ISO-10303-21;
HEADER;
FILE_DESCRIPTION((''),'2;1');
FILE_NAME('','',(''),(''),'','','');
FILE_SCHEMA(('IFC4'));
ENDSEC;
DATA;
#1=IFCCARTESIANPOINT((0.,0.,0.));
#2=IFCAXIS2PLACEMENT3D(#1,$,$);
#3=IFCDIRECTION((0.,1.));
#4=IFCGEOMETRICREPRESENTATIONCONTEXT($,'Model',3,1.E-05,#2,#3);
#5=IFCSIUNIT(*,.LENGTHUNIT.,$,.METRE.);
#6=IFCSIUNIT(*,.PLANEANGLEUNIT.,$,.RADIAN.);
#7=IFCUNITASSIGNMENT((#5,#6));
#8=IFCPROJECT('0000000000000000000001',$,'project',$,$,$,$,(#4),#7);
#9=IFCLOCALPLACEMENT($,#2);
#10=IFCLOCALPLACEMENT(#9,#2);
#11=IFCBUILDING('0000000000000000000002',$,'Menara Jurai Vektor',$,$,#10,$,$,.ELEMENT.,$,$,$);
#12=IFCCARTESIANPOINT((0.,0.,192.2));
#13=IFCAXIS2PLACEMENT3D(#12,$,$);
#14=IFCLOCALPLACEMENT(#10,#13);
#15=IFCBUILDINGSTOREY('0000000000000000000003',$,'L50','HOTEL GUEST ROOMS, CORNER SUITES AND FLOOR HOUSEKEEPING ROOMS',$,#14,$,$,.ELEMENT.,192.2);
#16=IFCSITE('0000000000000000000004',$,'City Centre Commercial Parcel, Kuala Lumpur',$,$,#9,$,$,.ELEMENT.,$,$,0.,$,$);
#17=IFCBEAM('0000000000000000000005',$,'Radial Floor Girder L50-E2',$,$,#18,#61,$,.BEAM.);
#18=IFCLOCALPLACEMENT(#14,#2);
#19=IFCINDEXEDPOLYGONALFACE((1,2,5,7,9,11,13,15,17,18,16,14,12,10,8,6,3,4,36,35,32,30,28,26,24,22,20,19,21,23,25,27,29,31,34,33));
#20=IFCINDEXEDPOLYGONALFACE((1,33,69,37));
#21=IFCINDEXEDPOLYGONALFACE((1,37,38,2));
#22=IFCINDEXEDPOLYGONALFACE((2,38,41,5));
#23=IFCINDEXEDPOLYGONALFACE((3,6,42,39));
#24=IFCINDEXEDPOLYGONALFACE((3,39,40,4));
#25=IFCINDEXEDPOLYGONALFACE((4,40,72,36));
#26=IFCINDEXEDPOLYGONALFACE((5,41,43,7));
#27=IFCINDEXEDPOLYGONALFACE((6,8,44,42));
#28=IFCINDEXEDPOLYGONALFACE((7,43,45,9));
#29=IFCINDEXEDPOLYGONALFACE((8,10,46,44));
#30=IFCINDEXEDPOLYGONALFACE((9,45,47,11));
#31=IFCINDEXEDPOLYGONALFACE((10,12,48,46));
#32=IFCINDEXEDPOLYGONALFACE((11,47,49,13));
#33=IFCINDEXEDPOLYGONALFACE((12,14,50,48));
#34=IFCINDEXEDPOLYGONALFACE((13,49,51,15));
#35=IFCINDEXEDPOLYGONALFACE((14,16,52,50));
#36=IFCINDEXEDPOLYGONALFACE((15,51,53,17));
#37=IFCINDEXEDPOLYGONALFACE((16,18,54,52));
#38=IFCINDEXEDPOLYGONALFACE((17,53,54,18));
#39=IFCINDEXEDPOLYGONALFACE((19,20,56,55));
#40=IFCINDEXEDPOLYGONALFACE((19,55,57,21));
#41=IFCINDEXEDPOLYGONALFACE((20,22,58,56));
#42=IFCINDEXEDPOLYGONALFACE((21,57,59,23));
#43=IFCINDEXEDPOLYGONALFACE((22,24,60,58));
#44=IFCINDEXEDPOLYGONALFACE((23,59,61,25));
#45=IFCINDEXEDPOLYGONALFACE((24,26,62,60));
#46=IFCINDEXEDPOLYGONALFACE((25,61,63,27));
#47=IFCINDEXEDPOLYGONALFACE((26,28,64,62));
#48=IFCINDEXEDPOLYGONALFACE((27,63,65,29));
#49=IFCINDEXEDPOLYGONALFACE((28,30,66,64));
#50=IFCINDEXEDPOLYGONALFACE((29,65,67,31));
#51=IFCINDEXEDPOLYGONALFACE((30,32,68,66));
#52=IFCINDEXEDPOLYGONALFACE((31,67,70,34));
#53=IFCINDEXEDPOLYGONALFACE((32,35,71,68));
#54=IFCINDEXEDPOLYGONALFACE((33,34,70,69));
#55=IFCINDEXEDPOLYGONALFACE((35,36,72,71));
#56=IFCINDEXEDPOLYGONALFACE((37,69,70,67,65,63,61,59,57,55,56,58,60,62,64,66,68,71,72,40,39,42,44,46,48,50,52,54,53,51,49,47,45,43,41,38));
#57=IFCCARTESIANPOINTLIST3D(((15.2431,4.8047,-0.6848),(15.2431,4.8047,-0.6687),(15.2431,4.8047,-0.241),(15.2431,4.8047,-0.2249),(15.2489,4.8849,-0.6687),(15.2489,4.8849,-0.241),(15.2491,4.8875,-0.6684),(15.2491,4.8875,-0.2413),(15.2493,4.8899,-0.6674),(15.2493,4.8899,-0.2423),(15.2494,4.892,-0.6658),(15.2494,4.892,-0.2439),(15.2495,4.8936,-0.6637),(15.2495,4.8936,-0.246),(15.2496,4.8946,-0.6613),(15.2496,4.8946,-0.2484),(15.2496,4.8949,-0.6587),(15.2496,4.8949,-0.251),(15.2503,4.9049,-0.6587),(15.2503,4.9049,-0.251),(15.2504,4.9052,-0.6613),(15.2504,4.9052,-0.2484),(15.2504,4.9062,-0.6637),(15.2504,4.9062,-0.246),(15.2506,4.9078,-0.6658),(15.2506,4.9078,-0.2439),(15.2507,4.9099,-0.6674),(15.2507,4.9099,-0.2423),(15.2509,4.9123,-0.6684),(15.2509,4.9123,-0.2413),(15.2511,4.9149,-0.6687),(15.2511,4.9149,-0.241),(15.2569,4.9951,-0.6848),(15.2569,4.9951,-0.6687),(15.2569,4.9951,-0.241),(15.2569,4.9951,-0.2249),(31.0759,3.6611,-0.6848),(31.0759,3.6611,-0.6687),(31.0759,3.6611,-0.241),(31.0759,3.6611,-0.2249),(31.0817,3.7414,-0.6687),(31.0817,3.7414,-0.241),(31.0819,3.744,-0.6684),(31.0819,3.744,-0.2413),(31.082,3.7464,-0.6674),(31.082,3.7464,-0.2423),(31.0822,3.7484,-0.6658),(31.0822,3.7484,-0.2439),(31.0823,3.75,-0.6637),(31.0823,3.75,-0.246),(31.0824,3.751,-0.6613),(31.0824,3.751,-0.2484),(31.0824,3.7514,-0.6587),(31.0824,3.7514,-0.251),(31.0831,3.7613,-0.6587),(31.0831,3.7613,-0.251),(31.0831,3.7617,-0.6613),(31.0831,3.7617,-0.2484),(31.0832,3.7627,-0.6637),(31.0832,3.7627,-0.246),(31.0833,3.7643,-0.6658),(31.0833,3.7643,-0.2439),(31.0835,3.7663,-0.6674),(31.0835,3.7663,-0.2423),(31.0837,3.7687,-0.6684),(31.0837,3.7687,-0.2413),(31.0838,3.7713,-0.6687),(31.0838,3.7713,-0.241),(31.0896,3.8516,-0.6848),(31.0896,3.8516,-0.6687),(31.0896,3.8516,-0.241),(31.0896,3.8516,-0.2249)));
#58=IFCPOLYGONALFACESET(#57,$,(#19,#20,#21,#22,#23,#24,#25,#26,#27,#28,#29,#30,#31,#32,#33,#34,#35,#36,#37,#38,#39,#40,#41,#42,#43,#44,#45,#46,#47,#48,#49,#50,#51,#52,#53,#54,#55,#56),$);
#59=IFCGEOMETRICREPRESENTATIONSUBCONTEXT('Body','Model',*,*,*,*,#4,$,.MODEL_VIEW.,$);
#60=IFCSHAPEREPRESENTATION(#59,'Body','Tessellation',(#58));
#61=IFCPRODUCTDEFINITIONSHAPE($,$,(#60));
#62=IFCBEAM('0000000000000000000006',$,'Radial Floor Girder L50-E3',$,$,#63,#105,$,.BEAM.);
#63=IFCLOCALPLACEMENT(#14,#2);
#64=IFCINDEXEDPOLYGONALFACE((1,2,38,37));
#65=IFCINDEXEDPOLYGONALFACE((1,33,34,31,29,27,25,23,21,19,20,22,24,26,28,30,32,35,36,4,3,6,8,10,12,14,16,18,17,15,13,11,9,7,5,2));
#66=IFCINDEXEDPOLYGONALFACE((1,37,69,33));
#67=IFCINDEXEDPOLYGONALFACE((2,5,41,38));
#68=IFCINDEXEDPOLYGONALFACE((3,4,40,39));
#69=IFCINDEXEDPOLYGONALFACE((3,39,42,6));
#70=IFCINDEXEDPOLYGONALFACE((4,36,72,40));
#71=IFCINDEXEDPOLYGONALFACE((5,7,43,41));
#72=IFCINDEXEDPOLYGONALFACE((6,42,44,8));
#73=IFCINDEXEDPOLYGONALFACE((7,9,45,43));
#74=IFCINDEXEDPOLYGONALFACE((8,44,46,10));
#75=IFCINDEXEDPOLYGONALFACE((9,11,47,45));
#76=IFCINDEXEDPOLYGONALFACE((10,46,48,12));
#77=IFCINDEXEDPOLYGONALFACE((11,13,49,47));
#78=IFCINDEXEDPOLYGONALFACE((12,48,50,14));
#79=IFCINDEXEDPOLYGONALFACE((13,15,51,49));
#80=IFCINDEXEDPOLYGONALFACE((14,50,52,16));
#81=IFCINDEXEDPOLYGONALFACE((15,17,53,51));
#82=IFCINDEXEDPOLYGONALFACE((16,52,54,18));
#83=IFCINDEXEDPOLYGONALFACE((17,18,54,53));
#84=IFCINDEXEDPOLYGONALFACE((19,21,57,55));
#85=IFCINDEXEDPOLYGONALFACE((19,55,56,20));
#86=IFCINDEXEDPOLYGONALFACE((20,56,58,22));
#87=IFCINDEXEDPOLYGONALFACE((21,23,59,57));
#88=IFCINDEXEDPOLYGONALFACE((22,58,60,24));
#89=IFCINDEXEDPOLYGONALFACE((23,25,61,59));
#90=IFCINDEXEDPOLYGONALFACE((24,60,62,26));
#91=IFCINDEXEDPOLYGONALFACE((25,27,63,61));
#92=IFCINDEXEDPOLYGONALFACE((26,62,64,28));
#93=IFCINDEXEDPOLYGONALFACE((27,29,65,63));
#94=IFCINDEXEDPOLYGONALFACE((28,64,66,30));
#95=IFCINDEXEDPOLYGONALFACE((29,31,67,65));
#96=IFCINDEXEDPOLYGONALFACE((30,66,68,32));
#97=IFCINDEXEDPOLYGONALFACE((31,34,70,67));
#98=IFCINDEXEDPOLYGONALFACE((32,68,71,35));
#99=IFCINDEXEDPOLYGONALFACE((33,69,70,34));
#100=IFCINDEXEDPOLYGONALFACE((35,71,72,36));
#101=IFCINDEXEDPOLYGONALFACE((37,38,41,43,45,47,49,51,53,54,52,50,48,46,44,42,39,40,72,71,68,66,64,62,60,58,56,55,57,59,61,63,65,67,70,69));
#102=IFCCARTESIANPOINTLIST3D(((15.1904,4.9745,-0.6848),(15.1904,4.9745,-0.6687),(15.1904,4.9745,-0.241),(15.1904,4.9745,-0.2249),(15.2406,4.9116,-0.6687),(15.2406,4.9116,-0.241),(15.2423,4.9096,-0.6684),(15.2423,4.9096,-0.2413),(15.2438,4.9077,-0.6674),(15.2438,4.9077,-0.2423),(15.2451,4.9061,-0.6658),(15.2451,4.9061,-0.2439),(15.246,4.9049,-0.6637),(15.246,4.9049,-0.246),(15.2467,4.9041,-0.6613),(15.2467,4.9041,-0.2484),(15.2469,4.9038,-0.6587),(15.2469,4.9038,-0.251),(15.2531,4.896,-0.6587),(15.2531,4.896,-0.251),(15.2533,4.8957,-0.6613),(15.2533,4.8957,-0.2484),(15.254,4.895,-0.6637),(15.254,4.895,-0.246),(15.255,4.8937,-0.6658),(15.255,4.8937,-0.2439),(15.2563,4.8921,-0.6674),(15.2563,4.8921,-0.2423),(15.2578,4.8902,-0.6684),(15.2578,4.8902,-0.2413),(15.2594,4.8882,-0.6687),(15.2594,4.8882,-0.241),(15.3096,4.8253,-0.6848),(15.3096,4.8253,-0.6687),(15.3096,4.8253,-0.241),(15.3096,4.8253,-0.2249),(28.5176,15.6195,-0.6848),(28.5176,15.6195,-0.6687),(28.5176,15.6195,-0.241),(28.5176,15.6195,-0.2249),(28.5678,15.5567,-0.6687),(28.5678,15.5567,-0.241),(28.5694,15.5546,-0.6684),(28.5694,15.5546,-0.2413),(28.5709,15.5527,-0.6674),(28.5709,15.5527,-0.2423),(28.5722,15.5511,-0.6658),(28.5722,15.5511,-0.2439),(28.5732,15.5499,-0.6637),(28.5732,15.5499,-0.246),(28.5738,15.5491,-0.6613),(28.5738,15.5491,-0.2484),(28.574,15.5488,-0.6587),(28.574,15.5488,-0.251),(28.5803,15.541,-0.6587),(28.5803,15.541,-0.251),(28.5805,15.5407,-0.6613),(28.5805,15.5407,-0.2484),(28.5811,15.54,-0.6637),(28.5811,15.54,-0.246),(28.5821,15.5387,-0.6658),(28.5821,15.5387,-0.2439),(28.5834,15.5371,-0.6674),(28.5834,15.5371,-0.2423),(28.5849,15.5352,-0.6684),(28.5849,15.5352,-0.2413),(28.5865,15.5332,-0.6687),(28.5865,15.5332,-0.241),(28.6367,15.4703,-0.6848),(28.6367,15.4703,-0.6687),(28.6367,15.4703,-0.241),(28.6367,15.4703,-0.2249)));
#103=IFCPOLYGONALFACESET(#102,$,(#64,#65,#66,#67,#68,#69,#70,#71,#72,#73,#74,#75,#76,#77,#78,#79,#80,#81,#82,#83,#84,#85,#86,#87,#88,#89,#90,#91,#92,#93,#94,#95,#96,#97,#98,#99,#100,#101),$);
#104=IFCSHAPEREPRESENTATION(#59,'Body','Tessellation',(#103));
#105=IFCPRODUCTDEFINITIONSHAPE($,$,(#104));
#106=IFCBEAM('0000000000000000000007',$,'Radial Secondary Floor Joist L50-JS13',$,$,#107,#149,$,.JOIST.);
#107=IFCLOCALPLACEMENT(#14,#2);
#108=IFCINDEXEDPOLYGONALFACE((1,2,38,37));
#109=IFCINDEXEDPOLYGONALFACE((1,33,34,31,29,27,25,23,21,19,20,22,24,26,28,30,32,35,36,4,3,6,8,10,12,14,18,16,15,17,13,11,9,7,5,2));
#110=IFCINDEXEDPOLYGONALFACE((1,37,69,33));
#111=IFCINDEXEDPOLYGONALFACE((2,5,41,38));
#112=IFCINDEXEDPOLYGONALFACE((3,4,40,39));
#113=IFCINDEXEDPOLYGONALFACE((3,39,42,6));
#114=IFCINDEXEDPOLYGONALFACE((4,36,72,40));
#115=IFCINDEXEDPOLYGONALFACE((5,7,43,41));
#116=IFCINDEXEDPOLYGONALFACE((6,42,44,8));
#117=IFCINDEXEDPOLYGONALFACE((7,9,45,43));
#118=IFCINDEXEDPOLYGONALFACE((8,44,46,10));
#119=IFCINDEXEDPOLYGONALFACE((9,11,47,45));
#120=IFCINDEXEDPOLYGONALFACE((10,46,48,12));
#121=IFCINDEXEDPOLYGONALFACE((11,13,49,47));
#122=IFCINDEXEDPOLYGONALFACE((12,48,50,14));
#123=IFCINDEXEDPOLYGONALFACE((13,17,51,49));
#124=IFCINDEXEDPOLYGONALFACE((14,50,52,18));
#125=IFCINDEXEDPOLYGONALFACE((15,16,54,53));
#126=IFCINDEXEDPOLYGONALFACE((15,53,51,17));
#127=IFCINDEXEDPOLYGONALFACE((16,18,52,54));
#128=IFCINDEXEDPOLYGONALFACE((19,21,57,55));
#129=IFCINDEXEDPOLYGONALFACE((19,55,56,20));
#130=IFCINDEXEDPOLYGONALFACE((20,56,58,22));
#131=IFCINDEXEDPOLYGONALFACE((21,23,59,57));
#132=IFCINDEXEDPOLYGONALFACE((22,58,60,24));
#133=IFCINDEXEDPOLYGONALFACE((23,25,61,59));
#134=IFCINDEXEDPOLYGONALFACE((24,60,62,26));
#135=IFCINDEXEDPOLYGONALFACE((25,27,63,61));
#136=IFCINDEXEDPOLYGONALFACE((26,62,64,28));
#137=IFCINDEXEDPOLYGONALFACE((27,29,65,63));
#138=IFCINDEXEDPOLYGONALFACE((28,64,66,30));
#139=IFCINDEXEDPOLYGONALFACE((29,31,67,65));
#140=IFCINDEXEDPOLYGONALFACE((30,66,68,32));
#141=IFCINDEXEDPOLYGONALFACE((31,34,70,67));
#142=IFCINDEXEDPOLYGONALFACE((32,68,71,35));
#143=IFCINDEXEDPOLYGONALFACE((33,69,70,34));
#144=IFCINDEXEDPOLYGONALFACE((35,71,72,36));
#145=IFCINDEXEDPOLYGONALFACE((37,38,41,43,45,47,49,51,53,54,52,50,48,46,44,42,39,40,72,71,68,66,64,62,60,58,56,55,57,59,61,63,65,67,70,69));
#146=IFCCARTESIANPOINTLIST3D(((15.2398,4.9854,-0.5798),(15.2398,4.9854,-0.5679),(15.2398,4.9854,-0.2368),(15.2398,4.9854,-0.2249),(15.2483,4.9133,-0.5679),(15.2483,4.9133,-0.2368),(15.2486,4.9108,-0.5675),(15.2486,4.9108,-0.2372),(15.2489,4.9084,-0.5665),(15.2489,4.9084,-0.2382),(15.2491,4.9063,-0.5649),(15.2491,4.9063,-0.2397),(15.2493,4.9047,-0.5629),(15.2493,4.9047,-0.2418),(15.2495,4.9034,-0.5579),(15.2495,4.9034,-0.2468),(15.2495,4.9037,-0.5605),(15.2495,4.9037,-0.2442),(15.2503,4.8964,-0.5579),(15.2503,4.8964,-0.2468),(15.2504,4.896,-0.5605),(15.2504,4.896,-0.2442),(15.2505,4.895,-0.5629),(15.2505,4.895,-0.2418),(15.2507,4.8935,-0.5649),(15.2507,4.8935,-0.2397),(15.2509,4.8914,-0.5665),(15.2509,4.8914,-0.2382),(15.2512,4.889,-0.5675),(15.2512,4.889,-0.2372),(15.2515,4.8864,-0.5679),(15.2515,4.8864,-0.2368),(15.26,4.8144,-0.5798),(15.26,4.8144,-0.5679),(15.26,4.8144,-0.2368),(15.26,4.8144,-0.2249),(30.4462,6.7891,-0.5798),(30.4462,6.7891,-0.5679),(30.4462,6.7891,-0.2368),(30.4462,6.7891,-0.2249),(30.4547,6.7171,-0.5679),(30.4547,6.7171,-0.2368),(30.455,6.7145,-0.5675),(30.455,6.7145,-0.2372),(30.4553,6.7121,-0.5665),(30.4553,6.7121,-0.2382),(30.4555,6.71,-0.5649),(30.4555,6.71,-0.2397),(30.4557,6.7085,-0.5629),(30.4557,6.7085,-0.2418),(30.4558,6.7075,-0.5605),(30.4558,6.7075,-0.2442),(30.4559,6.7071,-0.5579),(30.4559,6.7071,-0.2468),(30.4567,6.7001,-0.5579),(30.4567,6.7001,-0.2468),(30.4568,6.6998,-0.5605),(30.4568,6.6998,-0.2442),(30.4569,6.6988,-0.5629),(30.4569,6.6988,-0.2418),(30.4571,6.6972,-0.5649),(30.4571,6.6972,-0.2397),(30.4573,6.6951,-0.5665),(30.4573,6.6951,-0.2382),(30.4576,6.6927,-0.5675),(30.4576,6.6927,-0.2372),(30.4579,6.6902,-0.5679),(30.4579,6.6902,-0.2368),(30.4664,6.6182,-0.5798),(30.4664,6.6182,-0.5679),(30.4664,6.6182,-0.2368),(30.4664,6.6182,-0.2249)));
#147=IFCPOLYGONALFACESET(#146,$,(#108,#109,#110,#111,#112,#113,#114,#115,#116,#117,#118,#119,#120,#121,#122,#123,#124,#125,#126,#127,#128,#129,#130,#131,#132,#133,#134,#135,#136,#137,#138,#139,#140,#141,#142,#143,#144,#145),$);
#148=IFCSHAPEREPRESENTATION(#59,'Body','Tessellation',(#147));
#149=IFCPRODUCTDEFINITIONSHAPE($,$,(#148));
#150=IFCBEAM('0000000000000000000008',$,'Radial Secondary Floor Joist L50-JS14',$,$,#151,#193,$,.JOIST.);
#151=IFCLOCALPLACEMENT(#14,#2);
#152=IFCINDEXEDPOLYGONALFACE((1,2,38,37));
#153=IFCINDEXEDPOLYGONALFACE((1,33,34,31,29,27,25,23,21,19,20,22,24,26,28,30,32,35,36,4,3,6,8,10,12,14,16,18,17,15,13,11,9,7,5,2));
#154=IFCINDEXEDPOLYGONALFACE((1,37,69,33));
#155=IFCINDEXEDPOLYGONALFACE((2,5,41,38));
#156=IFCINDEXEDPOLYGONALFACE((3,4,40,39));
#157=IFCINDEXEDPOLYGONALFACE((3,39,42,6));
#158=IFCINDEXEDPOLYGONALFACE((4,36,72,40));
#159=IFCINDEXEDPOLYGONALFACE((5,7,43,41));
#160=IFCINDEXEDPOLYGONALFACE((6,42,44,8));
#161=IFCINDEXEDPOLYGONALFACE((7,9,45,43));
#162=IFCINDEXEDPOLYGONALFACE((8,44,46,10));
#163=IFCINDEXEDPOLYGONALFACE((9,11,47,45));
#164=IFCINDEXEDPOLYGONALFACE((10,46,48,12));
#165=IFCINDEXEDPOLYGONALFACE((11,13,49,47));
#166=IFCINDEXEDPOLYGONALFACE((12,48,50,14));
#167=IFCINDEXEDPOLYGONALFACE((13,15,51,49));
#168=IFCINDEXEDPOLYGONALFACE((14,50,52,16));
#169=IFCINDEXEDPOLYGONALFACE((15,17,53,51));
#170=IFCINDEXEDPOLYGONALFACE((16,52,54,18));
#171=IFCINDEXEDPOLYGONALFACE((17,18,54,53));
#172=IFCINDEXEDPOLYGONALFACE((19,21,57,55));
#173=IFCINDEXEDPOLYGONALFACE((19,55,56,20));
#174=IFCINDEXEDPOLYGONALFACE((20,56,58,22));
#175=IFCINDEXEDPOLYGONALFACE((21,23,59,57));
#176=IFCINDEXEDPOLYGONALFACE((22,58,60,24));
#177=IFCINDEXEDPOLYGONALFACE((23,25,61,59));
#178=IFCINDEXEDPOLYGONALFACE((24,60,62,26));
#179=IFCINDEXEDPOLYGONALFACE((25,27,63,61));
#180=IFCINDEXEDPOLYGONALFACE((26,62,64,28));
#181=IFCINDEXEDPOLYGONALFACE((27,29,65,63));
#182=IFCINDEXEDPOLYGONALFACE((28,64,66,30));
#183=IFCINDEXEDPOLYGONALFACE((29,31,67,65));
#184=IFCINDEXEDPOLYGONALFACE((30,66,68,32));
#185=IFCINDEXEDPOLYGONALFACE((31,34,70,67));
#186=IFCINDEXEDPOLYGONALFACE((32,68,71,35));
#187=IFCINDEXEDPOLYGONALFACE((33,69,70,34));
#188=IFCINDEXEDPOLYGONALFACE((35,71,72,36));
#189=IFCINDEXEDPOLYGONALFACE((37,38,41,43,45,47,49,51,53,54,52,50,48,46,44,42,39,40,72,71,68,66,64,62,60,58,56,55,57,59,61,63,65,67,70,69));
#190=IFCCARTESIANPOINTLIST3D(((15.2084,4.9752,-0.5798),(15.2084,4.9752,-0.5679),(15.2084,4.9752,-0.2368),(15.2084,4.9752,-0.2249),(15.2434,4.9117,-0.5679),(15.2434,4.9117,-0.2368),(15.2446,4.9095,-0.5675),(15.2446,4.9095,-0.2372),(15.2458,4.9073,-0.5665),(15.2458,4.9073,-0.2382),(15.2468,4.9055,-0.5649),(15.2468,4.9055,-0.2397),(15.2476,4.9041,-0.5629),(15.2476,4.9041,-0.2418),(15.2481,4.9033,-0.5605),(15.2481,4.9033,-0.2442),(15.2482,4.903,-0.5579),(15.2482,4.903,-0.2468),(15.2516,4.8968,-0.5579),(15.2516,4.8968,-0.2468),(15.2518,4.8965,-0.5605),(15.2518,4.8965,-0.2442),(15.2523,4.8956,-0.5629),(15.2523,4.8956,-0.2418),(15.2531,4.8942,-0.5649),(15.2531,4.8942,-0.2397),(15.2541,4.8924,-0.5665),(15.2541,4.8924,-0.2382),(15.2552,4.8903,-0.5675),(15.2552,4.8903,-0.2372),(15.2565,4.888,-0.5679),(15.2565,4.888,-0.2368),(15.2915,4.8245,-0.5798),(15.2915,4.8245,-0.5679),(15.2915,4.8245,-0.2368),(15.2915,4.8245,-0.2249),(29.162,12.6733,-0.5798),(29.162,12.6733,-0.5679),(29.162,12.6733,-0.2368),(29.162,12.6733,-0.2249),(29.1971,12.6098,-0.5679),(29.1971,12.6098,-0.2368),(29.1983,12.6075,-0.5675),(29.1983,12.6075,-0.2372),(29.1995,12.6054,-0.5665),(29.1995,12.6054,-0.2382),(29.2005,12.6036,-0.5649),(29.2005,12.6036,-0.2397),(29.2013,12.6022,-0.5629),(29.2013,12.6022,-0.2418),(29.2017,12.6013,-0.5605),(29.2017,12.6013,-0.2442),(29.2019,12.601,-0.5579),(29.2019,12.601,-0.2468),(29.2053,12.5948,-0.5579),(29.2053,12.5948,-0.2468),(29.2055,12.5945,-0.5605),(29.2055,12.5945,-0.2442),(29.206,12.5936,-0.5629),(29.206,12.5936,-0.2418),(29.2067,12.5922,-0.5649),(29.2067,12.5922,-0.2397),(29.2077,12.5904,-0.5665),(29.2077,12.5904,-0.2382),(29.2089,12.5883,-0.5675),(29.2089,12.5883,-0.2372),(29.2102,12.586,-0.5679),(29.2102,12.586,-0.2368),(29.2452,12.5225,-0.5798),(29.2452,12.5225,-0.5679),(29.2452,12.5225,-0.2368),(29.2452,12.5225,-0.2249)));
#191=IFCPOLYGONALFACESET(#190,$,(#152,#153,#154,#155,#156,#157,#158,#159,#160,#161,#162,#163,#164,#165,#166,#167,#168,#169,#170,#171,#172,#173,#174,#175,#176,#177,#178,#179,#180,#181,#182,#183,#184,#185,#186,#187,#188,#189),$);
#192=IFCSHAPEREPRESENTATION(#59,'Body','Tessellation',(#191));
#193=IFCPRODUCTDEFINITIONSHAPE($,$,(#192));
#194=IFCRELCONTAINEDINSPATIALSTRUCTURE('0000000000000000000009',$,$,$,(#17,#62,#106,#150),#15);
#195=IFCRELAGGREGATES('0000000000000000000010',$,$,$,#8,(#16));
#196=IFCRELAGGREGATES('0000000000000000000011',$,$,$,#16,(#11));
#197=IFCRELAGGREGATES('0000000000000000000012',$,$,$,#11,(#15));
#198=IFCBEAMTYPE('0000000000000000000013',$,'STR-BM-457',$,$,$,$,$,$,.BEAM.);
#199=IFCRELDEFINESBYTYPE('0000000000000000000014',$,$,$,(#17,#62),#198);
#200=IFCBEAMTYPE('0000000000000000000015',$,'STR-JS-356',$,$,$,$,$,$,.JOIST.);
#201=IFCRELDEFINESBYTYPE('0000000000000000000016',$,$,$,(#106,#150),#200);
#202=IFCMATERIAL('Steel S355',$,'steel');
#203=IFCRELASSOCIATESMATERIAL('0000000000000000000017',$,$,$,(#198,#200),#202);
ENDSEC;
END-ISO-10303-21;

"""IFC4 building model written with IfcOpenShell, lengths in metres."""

from ifc_helpers import new_model, si_unit, direction, frame, origin, origin_2d, place, context, subcontext, project, spatial, i_section, extrude, material, material_profile, profile_set, type_object, element, save


model = new_model("IFC4")

# Units and contexts
model_context = context("Model", 3, precision=1e-05, world=origin(), true_north=direction((0.0, 1.0)))
body_context = subcontext(model_context, "Body", "Model", "MODEL_VIEW")
ifc_project = project(units=[si_unit("LENGTHUNIT", "METRE"), si_unit("PLANEANGLEUNIT", "RADIAN")], contexts=[model_context])

# Site, building, storey
site_placement = place(None, origin())
site = spatial("IfcSite", under=ifc_project, at=site_placement, Name="City Centre Commercial Parcel, Kuala Lumpur", CompositionType="ELEMENT", RefElevation=0.0)
building_placement = place(site_placement, origin())
building = spatial("IfcBuilding", under=site, at=building_placement, Name="Menara Jurai Vektor", CompositionType="ELEMENT")
storey_placement = place(building_placement, frame((0.0, 0.0, 192.2)))
storey = spatial("IfcBuildingStorey", under=building, at=storey_placement, Name="L50", Description="HOTEL GUEST ROOMS, CORNER SUITES AND FLOOR HOUSEKEEPING ROOMS", CompositionType="ELEMENT", Elevation=192.2)

# Beams
ifc_material_1 = material(Name="Steel S355", Category="steel")
ifc_material_profile_1 = material_profile(ifc_material_1, i_section(OverallWidth=0.1909, OverallDepth=0.46, WebThickness=0.01, FlangeThickness=0.0161, FilletRadius=0.01, at=origin_2d()), Name="UKB 457x191x82")
ifc_profile_set_1 = profile_set([ifc_material_profile_1], Name="Steel S355")
beam_type_1 = type_object("IfcBeamType", Name="STR-BM-457", PredefinedType="BEAM", material=ifc_profile_set_1)
beam_1_placement = place(storey_placement, frame((31.0828, 3.7563, -0.4548), z_axis=(-0.997402, 0.072039, 0.0), x_axis=(-0.072039, -0.997402, 0.0)))
element("IfcBeam", 1, at=beam_1_placement, inside=storey, type_object=beam_type_1, Name="Radial Floor Girder L50-E2", PredefinedType="BEAM", context=body_context, shape_type="SweptSolid", body=[
    extrude(i_section(OverallWidth=0.1909, OverallDepth=0.46, WebThickness=0.01, FlangeThickness=0.0161, FilletRadius=0.01, at=origin_2d()), origin(), (0.0, 0.0, 1.0), 15.874),
])
beam_2_placement = place(storey_placement, frame((28.5771, 15.5449, -0.4548), z_axis=(-0.781346, -0.624098, 0.0), x_axis=(0.624098, -0.781346, 0.0)))
element("IfcBeam", 2, at=beam_2_placement, inside=storey, type_object=beam_type_1, Name="Radial Floor Girder L50-E3", PredefinedType="BEAM", context=body_context, shape_type="SweptSolid", body=[
    extrude(i_section(OverallWidth=0.1909, OverallDepth=0.46, WebThickness=0.01, FlangeThickness=0.0161, FilletRadius=0.01, at=origin_2d()), origin(), (0.0, 0.0, 1.0), 17.0566),
])
ifc_material_profile_2 = material_profile(ifc_material_1, i_section(OverallWidth=0.1721, OverallDepth=0.355, WebThickness=0.0071, FlangeThickness=0.012, FilletRadius=0.01, at=origin_2d()), Name="UKB 356x171x51")
ifc_profile_set_2 = profile_set([ifc_material_profile_2], Name="Steel S355")
beam_type_2 = type_object("IfcBeamType", Name="STR-JS-356", PredefinedType="JOIST", material=ifc_profile_set_2)
beam_3_placement = place(storey_placement, frame((30.4563, 6.7036, -0.4023), z_axis=(-0.993038, -0.11779, 0.0), x_axis=(0.11779, -0.993038, 0.0)))
element("IfcBeam", 3, at=beam_3_placement, inside=storey, type_object=beam_type_2, Name="Radial Secondary Floor Joist L50-JS13", PredefinedType="JOIST", context=body_context, shape_type="SweptSolid", body=[
    extrude(i_section(OverallWidth=0.1721, OverallDepth=0.355, WebThickness=0.0071, FlangeThickness=0.012, FilletRadius=0.01, at=origin_2d()), origin(), (0.0, 0.0, 1.0), 15.313),
])
beam_4_placement = place(storey_placement, frame((29.2036, 12.5979, -0.4023), z_axis=(-0.875592, -0.483051, 0.0), x_axis=(0.483051, -0.875592, 0.0)))
element("IfcBeam", 4, at=beam_4_placement, inside=storey, type_object=beam_type_2, Name="Radial Secondary Floor Joist L50-JS14", PredefinedType="JOIST", context=body_context, shape_type="SweptSolid", body=[
    extrude(i_section(OverallWidth=0.1721, OverallDepth=0.355, WebThickness=0.0071, FlangeThickness=0.012, FilletRadius=0.01, at=origin_2d()), origin(), (0.0, 0.0, 1.0), 15.9363),
])

save(model, "model.ifc")
